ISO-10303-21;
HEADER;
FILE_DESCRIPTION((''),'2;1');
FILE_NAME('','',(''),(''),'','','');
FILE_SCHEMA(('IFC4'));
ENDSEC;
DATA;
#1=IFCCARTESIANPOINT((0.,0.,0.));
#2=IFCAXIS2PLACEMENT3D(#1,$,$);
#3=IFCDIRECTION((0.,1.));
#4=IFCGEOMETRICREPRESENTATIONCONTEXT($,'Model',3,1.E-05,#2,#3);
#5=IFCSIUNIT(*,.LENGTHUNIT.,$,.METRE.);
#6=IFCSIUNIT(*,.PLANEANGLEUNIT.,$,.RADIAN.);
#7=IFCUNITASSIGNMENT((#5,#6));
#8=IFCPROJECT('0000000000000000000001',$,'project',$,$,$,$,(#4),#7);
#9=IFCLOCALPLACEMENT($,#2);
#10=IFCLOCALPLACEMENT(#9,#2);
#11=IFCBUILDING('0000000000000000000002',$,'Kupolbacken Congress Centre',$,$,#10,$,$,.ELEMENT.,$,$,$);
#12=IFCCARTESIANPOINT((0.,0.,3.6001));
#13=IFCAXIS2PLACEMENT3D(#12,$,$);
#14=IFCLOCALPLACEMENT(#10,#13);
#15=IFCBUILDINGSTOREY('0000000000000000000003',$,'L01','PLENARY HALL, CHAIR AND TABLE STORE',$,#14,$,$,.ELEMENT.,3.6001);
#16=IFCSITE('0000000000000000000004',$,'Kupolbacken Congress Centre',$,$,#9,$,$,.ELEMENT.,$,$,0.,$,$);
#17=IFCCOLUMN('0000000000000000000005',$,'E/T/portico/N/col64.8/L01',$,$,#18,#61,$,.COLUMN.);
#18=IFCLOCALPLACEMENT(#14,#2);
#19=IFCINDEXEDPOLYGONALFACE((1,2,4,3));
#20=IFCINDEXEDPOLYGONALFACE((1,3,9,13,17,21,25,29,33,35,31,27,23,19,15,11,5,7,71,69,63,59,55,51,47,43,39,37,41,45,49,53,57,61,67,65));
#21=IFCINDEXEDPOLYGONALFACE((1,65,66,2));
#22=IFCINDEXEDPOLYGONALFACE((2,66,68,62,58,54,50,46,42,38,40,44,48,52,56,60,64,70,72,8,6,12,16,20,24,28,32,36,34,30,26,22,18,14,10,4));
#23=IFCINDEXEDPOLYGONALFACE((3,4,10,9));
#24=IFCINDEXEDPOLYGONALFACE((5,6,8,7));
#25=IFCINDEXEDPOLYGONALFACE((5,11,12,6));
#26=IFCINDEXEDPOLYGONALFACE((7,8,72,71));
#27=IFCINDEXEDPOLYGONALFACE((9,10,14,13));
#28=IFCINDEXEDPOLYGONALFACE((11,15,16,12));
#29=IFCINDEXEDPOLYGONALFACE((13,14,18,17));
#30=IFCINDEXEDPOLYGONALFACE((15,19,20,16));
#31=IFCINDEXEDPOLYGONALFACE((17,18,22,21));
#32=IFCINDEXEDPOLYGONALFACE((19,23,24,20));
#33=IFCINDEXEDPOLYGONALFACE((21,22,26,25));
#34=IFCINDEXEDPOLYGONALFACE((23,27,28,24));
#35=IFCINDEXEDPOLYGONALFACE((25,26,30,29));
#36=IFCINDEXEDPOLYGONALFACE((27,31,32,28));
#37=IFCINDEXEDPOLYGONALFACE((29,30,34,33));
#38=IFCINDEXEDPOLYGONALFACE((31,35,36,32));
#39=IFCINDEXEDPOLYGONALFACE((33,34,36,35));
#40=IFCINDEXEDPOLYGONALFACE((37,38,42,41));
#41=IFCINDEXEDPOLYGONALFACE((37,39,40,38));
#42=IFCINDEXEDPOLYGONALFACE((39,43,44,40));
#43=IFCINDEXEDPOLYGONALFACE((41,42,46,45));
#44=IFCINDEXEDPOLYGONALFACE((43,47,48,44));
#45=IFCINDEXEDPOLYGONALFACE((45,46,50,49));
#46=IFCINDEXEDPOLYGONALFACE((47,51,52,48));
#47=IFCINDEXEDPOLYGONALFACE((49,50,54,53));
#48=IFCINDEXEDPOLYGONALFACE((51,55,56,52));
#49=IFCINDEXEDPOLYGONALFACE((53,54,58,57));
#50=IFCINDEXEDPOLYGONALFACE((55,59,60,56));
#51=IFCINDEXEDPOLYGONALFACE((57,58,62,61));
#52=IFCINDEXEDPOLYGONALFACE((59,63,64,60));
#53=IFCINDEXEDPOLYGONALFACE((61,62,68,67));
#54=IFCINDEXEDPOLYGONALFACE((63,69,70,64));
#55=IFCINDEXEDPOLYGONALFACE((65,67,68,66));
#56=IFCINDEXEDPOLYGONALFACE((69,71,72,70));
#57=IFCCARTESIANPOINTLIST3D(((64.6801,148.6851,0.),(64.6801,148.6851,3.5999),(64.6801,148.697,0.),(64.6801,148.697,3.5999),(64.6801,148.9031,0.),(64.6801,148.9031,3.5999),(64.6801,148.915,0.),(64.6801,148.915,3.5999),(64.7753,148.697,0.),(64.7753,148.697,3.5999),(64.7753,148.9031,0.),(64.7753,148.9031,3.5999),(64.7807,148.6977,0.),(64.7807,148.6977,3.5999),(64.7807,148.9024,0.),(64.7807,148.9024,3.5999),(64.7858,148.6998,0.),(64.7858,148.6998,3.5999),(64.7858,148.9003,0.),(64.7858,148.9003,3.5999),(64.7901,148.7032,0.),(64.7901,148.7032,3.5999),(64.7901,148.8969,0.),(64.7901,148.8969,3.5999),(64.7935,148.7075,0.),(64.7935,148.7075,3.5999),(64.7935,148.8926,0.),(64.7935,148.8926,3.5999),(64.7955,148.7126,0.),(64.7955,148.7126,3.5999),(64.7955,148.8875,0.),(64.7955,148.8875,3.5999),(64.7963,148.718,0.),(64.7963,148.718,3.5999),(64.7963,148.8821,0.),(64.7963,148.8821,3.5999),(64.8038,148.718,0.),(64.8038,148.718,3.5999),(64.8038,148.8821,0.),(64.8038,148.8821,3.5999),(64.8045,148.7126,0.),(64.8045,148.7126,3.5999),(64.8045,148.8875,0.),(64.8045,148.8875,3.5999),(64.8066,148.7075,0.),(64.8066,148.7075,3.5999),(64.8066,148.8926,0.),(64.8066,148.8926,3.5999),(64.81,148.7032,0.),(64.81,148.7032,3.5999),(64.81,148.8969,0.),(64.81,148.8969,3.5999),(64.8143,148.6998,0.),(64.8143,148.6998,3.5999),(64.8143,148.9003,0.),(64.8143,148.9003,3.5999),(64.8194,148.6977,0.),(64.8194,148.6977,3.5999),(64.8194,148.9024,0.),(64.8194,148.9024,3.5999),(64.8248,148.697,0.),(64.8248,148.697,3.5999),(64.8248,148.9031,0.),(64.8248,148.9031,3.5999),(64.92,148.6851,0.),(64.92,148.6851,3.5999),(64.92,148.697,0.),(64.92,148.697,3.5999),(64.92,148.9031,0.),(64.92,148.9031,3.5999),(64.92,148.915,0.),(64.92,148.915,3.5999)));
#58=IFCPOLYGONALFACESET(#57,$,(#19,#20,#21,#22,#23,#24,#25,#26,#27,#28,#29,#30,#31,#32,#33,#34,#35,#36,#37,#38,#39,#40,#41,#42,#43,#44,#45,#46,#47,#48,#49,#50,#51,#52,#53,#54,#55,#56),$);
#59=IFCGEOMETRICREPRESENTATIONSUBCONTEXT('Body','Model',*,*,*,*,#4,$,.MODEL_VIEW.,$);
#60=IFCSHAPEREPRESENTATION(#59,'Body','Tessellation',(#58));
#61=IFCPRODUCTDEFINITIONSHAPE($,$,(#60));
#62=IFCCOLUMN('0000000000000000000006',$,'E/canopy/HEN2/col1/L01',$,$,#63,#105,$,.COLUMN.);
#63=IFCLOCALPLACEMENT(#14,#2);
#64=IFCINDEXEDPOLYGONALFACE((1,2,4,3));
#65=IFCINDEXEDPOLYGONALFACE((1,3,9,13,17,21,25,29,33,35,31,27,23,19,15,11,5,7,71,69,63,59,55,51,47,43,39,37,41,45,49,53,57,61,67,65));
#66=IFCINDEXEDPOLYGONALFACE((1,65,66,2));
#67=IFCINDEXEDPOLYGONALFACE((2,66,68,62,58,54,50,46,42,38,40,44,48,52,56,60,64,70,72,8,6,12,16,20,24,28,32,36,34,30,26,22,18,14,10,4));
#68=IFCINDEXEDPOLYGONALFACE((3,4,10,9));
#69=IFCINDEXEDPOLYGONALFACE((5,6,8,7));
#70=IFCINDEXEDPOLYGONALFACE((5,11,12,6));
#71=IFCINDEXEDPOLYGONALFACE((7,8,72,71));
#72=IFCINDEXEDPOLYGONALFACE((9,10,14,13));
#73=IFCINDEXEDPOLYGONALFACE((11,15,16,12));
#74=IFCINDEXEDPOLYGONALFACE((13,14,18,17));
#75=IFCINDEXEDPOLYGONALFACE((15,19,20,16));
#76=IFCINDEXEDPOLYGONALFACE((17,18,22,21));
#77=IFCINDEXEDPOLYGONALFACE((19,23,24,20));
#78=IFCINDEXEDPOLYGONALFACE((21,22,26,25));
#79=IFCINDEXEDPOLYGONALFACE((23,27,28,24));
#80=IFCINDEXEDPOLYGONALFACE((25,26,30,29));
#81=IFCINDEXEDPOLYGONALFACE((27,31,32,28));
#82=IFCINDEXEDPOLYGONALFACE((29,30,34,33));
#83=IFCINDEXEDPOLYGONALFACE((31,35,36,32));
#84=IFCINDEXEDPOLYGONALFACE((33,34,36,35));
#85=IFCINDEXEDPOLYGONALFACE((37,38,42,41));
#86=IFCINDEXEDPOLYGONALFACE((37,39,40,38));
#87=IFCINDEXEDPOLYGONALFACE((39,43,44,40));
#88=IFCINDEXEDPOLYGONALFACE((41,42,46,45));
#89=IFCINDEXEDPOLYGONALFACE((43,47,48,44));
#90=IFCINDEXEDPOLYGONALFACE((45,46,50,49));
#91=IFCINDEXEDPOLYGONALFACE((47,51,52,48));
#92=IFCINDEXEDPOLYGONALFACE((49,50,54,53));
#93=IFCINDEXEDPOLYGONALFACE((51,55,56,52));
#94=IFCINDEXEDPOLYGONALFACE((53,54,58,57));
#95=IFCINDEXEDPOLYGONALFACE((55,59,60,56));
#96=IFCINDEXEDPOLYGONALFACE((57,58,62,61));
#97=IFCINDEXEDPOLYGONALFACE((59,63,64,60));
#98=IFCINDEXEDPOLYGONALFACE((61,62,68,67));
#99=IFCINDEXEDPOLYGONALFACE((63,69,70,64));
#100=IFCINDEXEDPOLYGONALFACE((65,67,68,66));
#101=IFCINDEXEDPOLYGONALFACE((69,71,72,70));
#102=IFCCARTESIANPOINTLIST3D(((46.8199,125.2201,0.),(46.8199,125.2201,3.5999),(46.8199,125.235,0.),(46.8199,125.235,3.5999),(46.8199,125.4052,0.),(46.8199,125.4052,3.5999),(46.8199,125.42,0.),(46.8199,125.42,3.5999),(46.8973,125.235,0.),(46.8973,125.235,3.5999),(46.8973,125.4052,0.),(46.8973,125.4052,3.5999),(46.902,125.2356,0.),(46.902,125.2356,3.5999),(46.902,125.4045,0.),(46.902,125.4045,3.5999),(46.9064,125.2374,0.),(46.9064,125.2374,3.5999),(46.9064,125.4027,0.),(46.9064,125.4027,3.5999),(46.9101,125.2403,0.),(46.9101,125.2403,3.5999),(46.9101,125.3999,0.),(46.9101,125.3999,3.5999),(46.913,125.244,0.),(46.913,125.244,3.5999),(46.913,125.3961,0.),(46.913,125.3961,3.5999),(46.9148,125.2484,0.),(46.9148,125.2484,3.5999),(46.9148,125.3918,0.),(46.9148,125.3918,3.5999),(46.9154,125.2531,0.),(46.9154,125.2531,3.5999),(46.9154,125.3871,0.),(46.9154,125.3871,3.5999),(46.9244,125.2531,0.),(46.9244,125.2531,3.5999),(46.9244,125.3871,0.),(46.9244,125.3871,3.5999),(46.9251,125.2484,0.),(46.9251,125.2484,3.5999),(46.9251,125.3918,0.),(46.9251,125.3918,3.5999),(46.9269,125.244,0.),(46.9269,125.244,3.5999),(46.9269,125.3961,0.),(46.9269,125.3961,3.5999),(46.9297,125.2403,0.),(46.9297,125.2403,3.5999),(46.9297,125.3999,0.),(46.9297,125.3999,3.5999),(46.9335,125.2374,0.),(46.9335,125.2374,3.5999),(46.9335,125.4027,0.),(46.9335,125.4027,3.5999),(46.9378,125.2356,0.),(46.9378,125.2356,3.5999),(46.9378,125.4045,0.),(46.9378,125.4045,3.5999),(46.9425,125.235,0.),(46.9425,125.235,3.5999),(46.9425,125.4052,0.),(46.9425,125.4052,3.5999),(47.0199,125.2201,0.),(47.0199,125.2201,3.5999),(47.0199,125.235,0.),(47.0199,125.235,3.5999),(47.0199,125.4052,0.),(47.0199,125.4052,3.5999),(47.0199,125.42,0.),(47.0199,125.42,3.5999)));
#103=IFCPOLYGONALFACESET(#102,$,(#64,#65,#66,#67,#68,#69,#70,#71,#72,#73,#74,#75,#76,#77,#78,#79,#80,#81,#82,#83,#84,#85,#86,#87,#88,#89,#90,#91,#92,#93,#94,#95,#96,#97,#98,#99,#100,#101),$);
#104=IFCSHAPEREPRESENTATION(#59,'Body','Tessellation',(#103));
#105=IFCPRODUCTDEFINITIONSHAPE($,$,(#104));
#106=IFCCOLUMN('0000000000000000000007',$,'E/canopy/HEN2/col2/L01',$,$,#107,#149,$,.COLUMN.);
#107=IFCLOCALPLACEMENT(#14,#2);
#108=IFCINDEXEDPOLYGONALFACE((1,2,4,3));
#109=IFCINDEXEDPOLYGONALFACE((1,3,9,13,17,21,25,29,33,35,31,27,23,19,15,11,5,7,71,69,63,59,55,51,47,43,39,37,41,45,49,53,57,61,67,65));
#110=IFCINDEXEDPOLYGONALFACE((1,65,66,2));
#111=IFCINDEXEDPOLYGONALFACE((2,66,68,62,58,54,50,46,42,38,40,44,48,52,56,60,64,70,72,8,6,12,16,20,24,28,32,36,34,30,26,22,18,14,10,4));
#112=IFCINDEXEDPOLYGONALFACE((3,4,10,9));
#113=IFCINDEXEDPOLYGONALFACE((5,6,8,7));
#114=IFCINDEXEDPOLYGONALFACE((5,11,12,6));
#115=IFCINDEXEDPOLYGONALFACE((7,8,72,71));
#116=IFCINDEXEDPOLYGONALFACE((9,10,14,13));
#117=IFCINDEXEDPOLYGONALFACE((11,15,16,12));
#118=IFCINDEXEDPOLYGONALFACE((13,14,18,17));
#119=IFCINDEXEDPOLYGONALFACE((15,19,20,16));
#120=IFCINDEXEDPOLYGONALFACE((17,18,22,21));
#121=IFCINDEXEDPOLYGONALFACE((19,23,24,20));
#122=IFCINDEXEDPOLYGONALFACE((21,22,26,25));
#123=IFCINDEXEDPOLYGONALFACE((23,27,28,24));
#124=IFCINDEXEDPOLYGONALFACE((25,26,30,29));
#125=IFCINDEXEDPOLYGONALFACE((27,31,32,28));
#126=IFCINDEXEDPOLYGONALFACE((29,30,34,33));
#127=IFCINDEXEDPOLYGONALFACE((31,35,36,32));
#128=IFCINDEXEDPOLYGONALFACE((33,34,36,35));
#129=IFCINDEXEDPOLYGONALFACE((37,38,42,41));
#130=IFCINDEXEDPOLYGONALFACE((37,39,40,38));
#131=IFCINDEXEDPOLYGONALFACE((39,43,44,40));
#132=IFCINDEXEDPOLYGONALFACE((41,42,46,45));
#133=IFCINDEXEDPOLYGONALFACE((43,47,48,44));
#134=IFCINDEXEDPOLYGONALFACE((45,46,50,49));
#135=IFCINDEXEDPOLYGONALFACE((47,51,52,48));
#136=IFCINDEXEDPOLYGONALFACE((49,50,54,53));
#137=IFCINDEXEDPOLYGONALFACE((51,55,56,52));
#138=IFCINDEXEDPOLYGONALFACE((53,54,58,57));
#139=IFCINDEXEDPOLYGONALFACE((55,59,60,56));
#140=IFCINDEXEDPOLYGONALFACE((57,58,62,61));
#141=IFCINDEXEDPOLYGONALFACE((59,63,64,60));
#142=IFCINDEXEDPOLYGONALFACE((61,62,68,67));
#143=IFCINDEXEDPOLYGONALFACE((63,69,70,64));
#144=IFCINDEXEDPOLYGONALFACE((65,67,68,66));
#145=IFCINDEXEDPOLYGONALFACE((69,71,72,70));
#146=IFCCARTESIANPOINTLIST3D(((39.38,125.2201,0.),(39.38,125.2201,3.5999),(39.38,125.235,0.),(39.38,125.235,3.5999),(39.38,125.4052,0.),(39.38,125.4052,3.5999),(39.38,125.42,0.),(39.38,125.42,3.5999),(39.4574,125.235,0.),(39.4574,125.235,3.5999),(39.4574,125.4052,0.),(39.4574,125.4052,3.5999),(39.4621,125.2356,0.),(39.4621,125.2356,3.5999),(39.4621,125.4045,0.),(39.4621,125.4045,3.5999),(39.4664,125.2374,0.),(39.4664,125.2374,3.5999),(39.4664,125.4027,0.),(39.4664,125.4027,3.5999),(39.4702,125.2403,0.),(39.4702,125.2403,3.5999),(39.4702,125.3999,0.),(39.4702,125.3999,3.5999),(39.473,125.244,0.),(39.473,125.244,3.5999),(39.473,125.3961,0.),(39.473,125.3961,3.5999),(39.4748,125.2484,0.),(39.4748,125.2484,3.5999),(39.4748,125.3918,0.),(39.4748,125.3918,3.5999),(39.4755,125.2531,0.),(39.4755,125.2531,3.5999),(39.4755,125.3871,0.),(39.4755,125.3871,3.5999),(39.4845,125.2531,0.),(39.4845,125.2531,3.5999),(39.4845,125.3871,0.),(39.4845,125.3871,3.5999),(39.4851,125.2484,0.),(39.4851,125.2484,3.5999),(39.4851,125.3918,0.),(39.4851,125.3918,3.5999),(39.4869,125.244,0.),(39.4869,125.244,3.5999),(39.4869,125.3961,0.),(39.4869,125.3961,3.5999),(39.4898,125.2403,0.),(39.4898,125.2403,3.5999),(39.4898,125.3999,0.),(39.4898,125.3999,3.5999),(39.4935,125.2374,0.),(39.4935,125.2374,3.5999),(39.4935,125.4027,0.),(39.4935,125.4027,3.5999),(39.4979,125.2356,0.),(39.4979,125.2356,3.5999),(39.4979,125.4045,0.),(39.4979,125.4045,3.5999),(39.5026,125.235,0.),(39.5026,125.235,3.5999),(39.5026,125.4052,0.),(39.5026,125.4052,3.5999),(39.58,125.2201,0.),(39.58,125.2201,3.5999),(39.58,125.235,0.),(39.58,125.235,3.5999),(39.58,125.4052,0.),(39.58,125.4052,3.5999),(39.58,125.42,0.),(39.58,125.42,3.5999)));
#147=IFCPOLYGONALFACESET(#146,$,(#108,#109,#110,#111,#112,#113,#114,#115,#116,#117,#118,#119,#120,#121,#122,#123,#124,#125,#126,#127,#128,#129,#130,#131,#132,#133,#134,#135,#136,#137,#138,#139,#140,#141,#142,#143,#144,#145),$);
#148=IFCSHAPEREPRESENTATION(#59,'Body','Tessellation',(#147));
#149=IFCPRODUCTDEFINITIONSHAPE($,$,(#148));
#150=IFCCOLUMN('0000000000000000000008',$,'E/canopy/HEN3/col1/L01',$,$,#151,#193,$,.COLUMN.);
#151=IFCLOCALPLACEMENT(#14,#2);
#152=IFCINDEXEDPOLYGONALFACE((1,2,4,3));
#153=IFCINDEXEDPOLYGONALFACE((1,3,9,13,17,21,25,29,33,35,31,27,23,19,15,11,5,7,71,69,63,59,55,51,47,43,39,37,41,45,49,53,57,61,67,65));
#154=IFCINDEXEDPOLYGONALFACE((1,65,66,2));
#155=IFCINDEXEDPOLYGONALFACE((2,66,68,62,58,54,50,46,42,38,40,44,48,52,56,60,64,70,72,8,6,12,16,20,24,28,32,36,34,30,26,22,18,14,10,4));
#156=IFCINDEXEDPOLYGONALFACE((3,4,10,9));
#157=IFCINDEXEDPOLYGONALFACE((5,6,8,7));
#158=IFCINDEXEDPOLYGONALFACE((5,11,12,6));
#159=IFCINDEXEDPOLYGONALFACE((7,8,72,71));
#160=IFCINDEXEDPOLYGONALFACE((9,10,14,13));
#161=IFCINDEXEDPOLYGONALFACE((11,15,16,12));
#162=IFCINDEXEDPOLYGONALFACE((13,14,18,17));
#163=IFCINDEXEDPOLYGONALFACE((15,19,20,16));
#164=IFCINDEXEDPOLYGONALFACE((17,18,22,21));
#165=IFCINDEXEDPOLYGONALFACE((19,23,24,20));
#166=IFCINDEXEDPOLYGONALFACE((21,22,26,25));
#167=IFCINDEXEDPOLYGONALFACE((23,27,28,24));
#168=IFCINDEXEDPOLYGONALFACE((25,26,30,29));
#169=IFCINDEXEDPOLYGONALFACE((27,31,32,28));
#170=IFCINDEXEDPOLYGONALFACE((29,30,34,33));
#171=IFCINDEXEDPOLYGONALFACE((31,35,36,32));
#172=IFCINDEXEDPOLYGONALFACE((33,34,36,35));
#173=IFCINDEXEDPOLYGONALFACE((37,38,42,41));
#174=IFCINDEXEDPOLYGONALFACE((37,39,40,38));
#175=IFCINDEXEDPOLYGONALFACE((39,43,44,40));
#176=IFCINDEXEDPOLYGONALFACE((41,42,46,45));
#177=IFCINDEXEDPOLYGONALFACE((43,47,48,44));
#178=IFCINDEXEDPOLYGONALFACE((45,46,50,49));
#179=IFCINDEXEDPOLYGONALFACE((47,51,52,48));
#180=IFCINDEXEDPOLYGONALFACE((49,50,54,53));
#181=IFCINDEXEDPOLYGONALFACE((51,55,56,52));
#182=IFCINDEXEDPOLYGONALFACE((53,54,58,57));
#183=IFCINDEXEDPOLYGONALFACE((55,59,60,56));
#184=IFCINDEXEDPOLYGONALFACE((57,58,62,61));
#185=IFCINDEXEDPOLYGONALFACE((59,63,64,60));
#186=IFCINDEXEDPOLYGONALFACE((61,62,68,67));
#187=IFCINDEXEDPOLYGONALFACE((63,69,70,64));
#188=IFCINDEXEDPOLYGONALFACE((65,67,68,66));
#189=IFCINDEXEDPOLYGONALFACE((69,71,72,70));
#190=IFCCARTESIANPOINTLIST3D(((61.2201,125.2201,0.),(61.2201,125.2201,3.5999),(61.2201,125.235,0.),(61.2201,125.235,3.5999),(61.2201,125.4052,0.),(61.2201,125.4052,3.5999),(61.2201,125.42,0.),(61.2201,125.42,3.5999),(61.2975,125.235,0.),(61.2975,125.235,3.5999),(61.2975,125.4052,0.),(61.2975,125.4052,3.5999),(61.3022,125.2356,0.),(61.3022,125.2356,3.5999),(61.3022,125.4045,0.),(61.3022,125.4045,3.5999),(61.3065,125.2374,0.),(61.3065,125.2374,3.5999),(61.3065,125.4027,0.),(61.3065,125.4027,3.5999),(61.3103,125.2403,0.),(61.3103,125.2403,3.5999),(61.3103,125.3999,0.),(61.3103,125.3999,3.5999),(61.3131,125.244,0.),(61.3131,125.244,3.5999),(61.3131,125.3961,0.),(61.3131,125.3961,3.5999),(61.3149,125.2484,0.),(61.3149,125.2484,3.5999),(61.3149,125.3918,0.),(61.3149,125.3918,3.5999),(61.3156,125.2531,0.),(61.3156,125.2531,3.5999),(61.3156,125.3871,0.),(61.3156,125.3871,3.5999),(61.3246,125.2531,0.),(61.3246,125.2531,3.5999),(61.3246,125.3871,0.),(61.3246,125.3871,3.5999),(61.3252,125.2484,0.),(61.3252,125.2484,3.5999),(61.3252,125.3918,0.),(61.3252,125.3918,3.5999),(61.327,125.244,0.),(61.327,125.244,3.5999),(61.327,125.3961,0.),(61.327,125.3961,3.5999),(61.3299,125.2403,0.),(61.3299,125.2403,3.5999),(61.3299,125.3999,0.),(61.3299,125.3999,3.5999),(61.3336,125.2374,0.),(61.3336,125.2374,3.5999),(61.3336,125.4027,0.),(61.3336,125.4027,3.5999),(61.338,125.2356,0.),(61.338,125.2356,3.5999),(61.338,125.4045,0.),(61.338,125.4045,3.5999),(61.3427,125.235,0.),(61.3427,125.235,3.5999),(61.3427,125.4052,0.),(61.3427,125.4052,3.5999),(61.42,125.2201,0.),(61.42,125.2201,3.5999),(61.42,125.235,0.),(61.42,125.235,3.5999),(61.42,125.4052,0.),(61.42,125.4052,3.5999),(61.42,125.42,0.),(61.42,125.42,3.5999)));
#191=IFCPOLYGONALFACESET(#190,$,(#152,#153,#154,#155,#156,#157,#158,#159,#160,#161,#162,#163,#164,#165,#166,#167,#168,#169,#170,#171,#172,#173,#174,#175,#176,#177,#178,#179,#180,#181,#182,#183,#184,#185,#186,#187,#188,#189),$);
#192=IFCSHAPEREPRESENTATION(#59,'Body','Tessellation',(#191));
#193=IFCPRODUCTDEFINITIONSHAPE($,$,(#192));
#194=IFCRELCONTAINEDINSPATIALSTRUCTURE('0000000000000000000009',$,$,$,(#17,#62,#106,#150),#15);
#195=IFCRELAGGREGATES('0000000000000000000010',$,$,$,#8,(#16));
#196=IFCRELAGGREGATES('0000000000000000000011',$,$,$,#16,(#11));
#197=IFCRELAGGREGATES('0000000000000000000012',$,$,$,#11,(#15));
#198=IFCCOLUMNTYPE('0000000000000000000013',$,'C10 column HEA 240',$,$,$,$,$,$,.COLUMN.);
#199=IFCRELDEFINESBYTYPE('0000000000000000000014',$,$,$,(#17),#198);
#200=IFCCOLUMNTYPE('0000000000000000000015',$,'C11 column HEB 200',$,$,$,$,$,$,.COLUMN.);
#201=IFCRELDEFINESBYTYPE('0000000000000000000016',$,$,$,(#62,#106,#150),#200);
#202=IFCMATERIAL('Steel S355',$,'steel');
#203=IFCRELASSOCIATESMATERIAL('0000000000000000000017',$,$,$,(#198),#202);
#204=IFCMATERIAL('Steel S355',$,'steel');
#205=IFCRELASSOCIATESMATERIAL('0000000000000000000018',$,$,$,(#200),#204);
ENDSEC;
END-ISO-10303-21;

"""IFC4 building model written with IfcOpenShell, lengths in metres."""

from ifc_helpers import new_model, si_unit, direction, frame, origin, origin_2d, place, context, subcontext, project, spatial, i_section, extrude, material, material_profile, profile_set, type_object, element, save


model = new_model("IFC4")

# Units and contexts
model_context = context("Model", 3, precision=1e-05, world=origin(), true_north=direction((0.0, 1.0)))
body_context = subcontext(model_context, "Body", "Model", "MODEL_VIEW")
ifc_project = project(units=[si_unit("LENGTHUNIT", "METRE"), si_unit("PLANEANGLEUNIT", "RADIAN")], contexts=[model_context])

# Site, building, storey
site_placement = place(None, origin())
site = spatial("IfcSite", under=ifc_project, at=site_placement, Name="Kupolbacken Congress Centre", CompositionType="ELEMENT", RefElevation=0.0)
building_placement = place(site_placement, origin())
building = spatial("IfcBuilding", under=site, at=building_placement, Name="Kupolbacken Congress Centre", CompositionType="ELEMENT")
storey_placement = place(building_placement, frame((0.0, 0.0, 3.6001)))
storey = spatial("IfcBuildingStorey", under=building, at=storey_placement, Name="L01", Description="PLENARY HALL, CHAIR AND TABLE STORE", CompositionType="ELEMENT", Elevation=3.6001)

# Columns
ifc_material_1 = material(Name="Steel S355", Category="steel")
ifc_material_profile_1 = material_profile(ifc_material_1, i_section(OverallWidth=0.24, OverallDepth=0.23, WebThickness=0.0076, FlangeThickness=0.012, FilletRadius=0.021, at=origin_2d()), Name="HEA 240")
ifc_profile_set_1 = profile_set([ifc_material_profile_1], Name="Steel S355")
column_type_1 = type_object("IfcColumnType", Name="C10 column HEA 240", PredefinedType="COLUMN", material=ifc_profile_set_1)
for number, where, z_axis, x_axis, name in (
    (1, (64.8, 148.8, 0.0), (0.0, 0.0, 1.0), (1.0, 0.0, 0.0), "E/T/portico/N/col64.8/L01"),
):
    element("IfcColumn", number, at=place(storey_placement, frame(where, z_axis=z_axis, x_axis=x_axis)), inside=storey, type_object=column_type_1, Name=name, PredefinedType="COLUMN", context=body_context, shape_type="SweptSolid", body=[
        extrude(i_section(OverallWidth=0.24, OverallDepth=0.23, WebThickness=0.0076, FlangeThickness=0.012, FilletRadius=0.021, at=origin_2d()), origin(), (0.0, 0.0, 1.0), 3.5999),
    ])
ifc_material_2 = material(Name="Steel S355", Category="steel")
ifc_material_profile_2 = material_profile(ifc_material_2, i_section(OverallWidth=0.2, OverallDepth=0.2, WebThickness=0.009, FlangeThickness=0.0149, FilletRadius=0.0181, at=origin_2d()), Name="HEB 200")
ifc_profile_set_2 = profile_set([ifc_material_profile_2], Name="Steel S355")
column_type_2 = type_object("IfcColumnType", Name="C11 column HEB 200", PredefinedType="COLUMN", material=ifc_profile_set_2)
for number, where, z_axis, x_axis, name in (
    (2, (46.9199, 125.3201, 0.0), (0.0, 0.0, 1.0), (1.0, 0.0, 0.0), "E/canopy/HEN2/col1/L01"),
    (3, (39.48, 125.3201, 0.0), (0.0, 0.0, 1.0), (1.0, 0.0, 0.0), "E/canopy/HEN2/col2/L01"),
    (4, (61.3201, 125.3201, 0.0), (0.0, 0.0, 1.0), (1.0, 0.0, 0.0), "E/canopy/HEN3/col1/L01"),
):
    element("IfcColumn", number, at=place(storey_placement, frame(where, z_axis=z_axis, x_axis=x_axis)), inside=storey, type_object=column_type_2, Name=name, PredefinedType="COLUMN", context=body_context, shape_type="SweptSolid", body=[
        extrude(i_section(OverallWidth=0.2, OverallDepth=0.2, WebThickness=0.009, FlangeThickness=0.0149, FilletRadius=0.0181, at=origin_2d()), origin(), (0.0, 0.0, 1.0), 3.5999),
    ])

save(model, "model.ifc")
